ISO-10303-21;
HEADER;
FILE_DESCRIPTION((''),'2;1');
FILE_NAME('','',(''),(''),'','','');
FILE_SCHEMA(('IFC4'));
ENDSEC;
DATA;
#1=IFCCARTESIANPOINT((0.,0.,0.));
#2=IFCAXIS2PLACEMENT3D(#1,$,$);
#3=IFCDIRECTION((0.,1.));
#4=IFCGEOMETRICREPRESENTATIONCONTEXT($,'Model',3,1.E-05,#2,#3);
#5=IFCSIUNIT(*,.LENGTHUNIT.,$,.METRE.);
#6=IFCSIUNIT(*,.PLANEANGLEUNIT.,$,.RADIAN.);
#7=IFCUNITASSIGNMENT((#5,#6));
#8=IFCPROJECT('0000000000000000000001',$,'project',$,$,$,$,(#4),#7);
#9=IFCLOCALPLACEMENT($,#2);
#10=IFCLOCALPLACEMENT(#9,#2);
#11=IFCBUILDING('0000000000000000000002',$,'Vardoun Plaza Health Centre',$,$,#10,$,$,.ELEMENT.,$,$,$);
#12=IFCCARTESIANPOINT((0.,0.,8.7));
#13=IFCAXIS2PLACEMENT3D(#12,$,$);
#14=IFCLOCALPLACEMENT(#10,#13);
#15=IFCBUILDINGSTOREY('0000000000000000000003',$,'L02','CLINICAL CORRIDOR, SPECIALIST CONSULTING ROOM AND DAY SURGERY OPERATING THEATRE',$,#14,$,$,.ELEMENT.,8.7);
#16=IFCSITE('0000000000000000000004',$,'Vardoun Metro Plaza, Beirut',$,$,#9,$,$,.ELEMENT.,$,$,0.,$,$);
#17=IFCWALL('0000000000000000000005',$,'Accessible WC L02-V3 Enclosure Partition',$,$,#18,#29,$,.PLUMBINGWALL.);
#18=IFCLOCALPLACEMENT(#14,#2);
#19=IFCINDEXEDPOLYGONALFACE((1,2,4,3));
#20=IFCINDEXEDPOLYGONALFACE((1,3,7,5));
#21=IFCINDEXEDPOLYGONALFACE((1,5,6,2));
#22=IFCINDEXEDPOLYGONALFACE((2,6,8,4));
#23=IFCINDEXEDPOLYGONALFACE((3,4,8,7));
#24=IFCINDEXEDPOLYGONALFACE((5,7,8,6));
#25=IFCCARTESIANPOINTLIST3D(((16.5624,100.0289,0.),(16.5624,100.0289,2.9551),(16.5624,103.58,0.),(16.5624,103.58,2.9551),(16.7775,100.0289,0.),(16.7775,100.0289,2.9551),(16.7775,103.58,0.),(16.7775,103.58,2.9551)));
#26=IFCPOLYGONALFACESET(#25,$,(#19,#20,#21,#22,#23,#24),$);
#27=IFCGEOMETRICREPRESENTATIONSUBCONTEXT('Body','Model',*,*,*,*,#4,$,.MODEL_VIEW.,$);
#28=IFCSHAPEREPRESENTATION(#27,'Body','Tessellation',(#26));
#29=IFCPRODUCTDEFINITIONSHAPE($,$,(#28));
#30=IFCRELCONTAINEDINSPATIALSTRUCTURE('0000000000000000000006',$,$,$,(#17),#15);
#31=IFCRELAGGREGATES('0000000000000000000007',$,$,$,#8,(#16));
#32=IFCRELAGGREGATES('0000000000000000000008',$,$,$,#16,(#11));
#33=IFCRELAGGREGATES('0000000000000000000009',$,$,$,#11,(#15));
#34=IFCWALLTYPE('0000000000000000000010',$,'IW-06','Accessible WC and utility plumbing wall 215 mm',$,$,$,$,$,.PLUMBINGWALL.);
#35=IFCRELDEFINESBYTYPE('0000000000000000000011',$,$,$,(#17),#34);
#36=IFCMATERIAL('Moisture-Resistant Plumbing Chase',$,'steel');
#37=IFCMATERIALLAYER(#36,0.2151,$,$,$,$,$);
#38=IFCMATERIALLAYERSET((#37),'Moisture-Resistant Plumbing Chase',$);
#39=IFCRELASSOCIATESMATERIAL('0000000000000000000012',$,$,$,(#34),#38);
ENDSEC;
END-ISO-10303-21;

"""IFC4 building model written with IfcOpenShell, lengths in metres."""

from ifc_helpers import new_model, si_unit, direction, frame, frame_2d, origin, place, context, subcontext, project, spatial, rectangle, extrude, material, layer, layer_set, type_object, element, save


model = new_model("IFC4")

# Units and contexts
model_context = context("Model", 3, precision=1e-05, world=origin(), true_north=direction((0.0, 1.0)))
body_context = subcontext(model_context, "Body", "Model", "MODEL_VIEW")
ifc_project = project(units=[si_unit("LENGTHUNIT", "METRE"), si_unit("PLANEANGLEUNIT", "RADIAN")], contexts=[model_context])

# Site, building, storey
site_placement = place(None, origin())
site = spatial("IfcSite", under=ifc_project, at=site_placement, Name="Vardoun Metro Plaza, Beirut", CompositionType="ELEMENT", RefElevation=0.0)
building_placement = place(site_placement, origin())
building = spatial("IfcBuilding", under=site, at=building_placement, Name="Vardoun Plaza Health Centre", CompositionType="ELEMENT")
storey_placement = place(building_placement, frame((0.0, 0.0, 8.7)))
storey = spatial("IfcBuildingStorey", under=building, at=storey_placement, Name="L02", Description="CLINICAL CORRIDOR, SPECIALIST CONSULTING ROOM AND DAY SURGERY OPERATING THEATRE", CompositionType="ELEMENT", Elevation=8.7)

# Wall
ifc_material_1 = material(Name="Moisture-Resistant Plumbing Chase", Category="steel")
ifc_layer_1 = layer(ifc_material_1, 0.2151)
ifc_layer_set_1 = layer_set([ifc_layer_1], Name="Moisture-Resistant Plumbing Chase")
wall_type_1 = type_object("IfcWallType", Name="IW-06", Description="Accessible WC and utility plumbing wall 215 mm", PredefinedType="PLUMBINGWALL", material=ifc_layer_set_1)
wall_1_placement = place(storey_placement, frame((16.6699, 100.0291, 0.0), z_axis=(0.0, 0.0, 1.0), x_axis=(0.0, 1.0, 0.0)))
element("IfcWall", 1, at=wall_1_placement, inside=storey, type_object=wall_type_1, Name="Accessible WC L02-V3 Enclosure Partition", PredefinedType="PLUMBINGWALL", context=body_context, shape_type="SweptSolid", body=[
    extrude(rectangle(XDim=3.551, YDim=0.2151, at=frame_2d((1.7754, 0.0))), origin(), (0.0, 0.0, 1.0), 2.9551),
])

save(model, "model.ifc")
